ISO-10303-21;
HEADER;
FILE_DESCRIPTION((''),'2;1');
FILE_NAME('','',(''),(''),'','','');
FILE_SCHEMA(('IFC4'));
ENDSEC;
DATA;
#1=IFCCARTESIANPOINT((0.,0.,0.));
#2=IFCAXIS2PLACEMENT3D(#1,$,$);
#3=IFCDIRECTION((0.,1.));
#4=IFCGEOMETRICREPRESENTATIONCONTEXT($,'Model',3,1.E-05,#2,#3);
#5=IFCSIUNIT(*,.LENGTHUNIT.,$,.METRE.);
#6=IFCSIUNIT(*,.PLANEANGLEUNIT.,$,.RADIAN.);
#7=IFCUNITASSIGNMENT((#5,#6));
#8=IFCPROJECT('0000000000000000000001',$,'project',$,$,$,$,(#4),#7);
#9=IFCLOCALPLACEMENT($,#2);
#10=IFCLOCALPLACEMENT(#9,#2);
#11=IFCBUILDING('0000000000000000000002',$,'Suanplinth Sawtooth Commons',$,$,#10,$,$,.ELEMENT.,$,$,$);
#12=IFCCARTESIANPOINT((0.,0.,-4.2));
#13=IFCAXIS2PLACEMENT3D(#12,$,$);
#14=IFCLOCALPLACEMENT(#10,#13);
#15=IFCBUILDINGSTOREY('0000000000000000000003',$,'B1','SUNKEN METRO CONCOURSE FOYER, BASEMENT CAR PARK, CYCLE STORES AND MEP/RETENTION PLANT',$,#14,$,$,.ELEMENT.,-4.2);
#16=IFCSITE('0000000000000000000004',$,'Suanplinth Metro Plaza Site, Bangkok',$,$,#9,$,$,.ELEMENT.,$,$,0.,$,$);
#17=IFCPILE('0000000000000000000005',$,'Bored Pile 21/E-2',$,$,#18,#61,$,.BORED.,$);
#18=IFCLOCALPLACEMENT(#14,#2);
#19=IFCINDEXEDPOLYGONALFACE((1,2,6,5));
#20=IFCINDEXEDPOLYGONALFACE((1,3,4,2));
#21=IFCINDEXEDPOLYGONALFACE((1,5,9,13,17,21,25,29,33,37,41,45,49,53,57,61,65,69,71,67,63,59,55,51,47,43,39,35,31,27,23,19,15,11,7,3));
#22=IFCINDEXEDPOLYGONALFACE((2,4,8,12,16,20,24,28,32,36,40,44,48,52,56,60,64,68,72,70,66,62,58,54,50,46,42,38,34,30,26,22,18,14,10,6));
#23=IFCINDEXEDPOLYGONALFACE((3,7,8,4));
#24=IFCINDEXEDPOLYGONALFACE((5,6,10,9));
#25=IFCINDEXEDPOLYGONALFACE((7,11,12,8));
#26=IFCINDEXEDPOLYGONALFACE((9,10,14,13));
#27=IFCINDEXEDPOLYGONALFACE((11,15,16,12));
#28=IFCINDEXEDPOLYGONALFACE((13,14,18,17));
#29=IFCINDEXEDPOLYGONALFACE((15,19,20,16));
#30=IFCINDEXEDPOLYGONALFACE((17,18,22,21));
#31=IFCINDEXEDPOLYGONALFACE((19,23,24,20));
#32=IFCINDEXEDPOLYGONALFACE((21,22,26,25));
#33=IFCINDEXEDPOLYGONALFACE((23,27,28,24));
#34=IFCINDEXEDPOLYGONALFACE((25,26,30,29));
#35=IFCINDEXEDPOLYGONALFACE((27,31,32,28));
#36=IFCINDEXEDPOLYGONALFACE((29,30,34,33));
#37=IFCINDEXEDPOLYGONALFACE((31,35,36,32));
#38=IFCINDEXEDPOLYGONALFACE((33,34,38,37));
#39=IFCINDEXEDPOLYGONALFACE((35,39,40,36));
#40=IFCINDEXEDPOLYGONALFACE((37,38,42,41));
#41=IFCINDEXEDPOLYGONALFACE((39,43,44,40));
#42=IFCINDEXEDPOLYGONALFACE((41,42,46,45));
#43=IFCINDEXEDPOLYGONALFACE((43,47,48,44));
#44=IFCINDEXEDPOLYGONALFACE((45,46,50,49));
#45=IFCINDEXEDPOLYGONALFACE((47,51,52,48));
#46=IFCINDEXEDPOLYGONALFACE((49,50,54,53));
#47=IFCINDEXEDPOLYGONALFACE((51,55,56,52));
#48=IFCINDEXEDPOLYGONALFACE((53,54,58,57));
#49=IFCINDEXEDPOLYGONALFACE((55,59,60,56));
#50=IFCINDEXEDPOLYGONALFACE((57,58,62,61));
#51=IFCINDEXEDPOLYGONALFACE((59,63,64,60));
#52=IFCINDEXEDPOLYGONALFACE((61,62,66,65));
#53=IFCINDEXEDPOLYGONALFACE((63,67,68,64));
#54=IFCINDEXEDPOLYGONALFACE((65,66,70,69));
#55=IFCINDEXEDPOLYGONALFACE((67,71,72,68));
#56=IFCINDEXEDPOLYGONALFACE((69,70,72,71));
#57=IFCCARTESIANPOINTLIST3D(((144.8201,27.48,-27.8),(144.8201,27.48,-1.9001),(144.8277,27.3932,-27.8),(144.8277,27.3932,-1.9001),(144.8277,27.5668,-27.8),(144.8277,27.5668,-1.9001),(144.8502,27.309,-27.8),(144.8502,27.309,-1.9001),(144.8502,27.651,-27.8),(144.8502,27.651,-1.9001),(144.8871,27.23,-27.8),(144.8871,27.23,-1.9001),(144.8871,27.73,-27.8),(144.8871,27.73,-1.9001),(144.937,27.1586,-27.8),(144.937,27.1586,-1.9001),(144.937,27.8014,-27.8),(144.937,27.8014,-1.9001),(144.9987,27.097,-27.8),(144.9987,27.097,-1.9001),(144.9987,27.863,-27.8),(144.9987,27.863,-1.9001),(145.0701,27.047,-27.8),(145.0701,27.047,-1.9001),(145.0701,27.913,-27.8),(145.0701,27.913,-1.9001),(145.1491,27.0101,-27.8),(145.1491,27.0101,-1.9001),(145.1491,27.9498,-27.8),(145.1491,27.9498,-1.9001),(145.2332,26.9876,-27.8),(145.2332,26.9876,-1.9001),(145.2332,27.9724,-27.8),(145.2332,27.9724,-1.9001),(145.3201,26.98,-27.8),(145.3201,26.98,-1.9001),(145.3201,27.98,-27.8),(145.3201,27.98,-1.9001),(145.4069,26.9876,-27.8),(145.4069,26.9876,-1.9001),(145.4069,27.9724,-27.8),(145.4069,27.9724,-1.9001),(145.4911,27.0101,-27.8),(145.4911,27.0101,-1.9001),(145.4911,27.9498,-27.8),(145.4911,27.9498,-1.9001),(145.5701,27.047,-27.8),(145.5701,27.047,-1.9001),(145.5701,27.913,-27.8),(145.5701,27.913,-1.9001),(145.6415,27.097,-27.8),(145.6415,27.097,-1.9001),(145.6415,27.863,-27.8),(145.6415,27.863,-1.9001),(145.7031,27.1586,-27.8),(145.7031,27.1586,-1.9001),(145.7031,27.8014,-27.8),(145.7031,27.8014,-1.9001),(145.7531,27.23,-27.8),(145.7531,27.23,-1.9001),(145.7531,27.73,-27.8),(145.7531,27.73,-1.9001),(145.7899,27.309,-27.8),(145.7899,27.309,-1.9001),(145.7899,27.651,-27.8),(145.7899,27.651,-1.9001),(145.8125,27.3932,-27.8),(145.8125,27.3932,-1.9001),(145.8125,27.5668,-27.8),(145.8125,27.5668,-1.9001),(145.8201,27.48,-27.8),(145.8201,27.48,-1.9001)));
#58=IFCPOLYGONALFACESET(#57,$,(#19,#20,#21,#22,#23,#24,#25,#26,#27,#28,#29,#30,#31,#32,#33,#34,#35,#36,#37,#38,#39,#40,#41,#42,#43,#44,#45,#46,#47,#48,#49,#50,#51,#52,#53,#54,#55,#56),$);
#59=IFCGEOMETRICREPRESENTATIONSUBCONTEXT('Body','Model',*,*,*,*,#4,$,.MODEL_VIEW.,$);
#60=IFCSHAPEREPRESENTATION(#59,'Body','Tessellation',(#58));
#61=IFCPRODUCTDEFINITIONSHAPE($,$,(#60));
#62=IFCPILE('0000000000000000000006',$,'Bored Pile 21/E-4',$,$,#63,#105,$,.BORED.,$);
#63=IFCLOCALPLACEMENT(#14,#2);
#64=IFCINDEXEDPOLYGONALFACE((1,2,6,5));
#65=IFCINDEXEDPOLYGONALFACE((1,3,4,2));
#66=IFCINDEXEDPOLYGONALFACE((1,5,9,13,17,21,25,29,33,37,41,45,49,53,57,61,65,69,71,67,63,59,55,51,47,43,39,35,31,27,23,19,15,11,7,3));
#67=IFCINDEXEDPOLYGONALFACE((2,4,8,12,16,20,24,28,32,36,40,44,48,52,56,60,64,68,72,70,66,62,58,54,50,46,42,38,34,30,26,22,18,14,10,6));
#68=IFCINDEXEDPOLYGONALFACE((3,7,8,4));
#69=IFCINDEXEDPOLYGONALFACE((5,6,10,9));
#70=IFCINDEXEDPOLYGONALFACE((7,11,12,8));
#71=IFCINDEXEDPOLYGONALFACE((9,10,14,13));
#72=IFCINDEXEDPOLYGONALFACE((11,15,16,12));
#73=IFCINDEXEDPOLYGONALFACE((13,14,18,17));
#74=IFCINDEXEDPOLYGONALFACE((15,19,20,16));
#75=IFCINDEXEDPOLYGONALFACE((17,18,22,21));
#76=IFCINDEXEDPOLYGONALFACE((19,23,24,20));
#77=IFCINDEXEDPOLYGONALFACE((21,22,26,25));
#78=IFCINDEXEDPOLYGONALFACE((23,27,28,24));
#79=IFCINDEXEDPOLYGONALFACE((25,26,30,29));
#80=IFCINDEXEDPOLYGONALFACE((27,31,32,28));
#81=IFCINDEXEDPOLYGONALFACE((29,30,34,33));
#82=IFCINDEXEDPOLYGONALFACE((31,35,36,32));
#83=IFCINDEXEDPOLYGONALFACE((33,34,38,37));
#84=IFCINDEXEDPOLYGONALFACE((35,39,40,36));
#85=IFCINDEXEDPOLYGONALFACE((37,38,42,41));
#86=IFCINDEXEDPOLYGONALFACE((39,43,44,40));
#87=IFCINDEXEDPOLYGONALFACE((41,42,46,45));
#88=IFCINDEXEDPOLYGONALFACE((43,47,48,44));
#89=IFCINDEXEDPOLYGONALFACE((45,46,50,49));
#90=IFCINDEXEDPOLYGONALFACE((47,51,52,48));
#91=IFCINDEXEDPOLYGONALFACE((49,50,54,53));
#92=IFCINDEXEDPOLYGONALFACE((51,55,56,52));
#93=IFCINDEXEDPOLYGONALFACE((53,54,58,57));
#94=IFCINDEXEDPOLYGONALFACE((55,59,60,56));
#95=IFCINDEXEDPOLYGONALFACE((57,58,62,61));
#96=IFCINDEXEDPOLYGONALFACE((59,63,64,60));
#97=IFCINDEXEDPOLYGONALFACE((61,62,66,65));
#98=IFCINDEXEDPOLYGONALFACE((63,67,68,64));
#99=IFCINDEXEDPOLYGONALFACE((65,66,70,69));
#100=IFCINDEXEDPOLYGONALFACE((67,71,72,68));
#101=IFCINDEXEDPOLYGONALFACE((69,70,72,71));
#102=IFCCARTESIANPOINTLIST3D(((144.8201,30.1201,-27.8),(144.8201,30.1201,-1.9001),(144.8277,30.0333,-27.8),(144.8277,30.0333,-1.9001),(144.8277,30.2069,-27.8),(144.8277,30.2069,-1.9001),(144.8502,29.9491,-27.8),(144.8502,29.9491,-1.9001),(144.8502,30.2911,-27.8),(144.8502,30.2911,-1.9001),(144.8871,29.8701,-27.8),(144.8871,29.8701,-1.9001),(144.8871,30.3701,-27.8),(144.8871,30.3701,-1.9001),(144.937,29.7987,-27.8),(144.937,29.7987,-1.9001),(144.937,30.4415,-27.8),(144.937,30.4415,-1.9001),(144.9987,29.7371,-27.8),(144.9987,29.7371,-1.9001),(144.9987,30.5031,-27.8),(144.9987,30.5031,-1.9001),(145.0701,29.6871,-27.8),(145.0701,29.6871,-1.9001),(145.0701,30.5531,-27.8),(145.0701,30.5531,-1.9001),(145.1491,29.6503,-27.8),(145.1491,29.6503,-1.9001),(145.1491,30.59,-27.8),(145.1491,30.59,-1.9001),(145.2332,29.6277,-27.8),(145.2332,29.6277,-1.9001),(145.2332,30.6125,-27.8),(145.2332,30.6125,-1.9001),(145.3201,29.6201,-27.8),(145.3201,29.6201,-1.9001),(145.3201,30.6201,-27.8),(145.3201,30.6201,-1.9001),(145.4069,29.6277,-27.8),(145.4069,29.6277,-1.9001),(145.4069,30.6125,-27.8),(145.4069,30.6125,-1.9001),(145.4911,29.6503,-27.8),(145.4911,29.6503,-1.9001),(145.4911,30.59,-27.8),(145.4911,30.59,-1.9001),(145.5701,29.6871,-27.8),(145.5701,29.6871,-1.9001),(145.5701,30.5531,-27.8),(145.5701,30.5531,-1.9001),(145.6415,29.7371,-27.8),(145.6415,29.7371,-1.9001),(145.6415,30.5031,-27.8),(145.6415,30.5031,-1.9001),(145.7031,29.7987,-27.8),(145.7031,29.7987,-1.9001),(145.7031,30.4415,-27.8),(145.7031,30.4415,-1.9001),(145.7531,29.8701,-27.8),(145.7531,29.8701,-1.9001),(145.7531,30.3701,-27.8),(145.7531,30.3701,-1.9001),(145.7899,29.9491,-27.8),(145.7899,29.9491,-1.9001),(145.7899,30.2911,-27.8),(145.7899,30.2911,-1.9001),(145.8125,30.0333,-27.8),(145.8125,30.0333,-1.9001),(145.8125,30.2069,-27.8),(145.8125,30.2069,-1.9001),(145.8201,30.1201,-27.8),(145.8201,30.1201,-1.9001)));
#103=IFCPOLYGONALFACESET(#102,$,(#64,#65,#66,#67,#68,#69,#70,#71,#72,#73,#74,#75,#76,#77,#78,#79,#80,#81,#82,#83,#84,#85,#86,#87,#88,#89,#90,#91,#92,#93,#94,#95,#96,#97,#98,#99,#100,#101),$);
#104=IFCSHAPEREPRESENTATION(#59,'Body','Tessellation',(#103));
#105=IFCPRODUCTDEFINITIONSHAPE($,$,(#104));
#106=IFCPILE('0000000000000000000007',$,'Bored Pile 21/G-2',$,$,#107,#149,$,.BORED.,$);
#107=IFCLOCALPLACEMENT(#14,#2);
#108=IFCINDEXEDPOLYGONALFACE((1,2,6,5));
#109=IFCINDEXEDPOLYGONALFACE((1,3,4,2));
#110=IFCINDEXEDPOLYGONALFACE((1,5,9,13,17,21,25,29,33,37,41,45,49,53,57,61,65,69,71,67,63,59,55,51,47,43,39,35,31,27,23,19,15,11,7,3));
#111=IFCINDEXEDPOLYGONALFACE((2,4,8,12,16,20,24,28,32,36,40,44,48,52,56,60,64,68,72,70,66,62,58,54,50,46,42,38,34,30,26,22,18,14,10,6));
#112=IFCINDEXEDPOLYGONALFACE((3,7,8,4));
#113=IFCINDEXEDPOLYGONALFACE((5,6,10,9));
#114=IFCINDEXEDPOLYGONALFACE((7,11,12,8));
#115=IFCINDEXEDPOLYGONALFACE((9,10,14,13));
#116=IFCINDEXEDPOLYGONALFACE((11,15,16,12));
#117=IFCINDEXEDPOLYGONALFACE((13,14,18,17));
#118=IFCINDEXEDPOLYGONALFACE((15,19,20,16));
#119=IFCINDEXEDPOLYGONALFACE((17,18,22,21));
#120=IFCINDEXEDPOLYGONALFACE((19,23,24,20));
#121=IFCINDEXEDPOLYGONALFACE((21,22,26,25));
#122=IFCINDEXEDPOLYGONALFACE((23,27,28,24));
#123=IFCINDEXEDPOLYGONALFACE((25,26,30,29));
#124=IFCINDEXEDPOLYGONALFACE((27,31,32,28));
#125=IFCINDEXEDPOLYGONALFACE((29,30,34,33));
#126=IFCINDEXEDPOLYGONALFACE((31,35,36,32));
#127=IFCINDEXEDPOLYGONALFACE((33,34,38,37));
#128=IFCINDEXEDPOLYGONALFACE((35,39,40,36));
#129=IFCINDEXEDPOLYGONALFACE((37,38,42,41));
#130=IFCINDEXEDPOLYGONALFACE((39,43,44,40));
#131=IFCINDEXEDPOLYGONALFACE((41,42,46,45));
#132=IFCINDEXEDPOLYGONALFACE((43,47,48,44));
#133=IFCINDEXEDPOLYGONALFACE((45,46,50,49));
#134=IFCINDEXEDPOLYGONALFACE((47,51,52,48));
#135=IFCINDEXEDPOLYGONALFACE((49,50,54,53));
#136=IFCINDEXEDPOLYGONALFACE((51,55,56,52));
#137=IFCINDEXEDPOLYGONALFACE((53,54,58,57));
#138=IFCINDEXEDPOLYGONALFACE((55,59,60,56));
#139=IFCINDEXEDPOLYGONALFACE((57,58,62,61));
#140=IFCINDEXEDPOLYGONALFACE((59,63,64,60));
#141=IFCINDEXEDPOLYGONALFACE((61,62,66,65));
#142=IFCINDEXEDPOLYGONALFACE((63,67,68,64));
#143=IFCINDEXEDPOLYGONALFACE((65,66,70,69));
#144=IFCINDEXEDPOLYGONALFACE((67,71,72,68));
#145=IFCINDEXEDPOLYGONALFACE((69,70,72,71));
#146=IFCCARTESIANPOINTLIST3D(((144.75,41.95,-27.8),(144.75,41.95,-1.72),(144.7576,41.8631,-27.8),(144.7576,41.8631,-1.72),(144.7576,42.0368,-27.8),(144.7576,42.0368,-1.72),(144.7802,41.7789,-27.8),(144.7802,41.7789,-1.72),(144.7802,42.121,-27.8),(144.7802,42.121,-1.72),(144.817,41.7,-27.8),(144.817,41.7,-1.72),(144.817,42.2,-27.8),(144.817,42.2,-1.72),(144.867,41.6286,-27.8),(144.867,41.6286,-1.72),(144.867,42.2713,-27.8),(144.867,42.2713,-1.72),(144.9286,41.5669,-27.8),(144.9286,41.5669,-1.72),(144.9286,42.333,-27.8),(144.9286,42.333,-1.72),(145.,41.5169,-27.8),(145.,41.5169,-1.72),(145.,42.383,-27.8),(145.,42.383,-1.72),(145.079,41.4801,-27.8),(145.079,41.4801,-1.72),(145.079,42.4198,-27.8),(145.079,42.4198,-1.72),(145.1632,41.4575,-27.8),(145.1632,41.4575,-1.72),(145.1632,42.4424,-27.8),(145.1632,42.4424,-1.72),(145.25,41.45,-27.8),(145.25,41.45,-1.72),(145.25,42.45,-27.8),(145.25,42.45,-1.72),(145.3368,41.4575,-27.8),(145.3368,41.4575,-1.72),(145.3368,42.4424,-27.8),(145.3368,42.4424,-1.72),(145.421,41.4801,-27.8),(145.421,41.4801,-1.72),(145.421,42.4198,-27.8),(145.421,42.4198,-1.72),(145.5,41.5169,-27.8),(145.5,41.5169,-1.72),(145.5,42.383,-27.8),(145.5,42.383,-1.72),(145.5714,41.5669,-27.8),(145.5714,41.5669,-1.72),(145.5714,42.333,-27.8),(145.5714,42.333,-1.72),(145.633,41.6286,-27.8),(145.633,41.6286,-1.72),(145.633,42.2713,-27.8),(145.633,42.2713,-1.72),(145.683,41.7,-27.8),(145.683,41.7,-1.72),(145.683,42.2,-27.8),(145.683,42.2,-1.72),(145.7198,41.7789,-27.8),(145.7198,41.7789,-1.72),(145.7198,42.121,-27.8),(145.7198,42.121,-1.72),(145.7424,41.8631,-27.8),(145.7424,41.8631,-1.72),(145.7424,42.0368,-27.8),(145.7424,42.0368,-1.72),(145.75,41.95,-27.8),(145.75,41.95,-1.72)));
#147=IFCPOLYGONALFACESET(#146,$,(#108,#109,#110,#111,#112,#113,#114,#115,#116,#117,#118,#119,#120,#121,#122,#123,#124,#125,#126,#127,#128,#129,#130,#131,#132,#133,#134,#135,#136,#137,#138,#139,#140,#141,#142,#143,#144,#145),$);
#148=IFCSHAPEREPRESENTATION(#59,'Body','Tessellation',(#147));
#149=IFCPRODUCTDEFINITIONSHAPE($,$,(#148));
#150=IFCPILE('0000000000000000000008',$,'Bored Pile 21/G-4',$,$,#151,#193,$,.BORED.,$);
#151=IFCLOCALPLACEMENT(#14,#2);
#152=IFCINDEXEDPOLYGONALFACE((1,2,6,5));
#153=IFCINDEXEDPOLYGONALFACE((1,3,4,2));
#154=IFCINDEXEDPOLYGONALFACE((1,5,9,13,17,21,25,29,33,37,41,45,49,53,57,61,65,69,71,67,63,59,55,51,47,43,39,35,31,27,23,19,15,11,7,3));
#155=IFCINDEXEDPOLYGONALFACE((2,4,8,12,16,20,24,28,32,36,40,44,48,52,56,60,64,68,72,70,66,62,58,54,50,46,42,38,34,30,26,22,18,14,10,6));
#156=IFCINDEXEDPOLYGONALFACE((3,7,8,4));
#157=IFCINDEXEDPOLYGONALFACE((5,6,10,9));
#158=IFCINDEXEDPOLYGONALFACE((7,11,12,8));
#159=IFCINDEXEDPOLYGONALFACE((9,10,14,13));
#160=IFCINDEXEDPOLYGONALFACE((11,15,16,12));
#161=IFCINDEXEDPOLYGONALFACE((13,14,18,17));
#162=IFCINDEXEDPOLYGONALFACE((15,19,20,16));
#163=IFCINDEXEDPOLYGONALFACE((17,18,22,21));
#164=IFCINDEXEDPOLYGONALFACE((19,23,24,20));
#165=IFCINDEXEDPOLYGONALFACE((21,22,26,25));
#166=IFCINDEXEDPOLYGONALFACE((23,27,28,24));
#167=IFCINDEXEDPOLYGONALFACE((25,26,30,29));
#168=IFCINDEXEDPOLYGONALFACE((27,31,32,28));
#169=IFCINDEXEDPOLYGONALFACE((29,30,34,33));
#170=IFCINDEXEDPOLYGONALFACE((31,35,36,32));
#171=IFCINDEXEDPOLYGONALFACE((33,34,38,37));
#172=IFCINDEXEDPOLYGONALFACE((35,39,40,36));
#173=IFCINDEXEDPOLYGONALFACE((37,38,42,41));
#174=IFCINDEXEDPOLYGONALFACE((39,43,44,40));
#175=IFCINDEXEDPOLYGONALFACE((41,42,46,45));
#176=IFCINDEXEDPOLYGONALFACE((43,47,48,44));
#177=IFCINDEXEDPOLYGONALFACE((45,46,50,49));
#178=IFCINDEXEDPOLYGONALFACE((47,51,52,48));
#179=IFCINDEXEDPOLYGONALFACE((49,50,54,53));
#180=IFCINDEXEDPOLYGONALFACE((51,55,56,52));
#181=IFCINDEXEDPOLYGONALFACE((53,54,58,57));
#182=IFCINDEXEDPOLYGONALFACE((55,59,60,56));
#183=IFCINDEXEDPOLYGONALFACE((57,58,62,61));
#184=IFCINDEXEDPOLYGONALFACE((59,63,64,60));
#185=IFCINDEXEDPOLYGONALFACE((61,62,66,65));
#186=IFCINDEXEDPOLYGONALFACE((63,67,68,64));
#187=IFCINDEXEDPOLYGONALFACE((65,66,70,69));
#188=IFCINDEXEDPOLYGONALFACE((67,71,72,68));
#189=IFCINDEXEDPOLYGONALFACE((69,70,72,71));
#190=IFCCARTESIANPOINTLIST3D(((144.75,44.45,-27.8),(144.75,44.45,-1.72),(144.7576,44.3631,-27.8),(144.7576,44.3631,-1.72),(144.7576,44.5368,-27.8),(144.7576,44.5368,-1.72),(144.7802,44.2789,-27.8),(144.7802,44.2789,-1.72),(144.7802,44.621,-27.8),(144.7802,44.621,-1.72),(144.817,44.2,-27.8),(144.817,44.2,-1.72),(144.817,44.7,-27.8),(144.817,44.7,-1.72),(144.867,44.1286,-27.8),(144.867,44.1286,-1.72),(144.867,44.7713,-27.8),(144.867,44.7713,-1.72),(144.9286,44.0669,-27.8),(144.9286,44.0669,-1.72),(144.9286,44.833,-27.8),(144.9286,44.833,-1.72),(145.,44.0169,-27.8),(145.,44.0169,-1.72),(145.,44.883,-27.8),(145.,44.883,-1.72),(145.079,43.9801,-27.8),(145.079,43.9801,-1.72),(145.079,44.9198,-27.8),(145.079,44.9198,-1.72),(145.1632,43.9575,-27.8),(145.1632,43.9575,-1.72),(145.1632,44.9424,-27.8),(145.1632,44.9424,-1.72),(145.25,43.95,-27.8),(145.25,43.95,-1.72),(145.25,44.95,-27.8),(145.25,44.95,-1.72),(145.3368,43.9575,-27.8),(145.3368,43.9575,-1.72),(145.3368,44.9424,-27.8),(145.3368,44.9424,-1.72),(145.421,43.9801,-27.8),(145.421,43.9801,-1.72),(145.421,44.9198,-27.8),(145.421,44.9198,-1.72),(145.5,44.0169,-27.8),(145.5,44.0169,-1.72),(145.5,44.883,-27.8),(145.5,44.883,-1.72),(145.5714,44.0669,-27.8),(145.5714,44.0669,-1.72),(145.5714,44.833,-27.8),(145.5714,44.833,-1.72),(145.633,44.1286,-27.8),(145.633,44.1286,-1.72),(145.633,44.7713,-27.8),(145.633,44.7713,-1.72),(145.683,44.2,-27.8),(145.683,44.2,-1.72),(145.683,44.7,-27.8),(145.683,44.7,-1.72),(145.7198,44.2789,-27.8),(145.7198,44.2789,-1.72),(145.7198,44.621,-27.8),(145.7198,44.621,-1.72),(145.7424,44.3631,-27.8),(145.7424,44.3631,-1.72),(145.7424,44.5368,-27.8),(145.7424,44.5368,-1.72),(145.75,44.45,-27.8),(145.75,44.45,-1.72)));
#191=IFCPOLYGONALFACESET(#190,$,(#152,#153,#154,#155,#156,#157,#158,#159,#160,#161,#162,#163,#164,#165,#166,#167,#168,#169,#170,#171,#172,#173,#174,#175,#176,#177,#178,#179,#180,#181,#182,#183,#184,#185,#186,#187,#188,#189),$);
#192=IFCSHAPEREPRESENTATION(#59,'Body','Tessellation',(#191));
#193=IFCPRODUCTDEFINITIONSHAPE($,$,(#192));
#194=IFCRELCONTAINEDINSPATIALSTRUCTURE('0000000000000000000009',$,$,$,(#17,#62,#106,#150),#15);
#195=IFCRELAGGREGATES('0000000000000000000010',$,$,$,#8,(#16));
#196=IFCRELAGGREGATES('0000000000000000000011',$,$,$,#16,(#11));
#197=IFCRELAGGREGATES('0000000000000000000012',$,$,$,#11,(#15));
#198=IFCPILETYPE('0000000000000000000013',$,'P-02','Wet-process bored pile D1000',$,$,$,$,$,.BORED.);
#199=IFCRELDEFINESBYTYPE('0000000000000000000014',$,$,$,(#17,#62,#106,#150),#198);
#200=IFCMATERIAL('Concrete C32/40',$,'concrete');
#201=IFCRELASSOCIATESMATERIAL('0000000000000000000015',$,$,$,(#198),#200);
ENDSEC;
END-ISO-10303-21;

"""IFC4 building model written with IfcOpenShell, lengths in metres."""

from ifc_helpers import new_model, si_unit, direction, frame, origin, origin_2d, place, context, subcontext, project, spatial, circle, extrude, material, material_profile, profile_set, type_object, element, save


model = new_model("IFC4")

# Units and contexts
model_context = context("Model", 3, precision=1e-05, world=origin(), true_north=direction((0.0, 1.0)))
body_context = subcontext(model_context, "Body", "Model", "MODEL_VIEW")
ifc_project = project(units=[si_unit("LENGTHUNIT", "METRE"), si_unit("PLANEANGLEUNIT", "RADIAN")], contexts=[model_context])

# Site, building, storey
site_placement = place(None, origin())
site = spatial("IfcSite", under=ifc_project, at=site_placement, Name="Suanplinth Metro Plaza Site, Bangkok", CompositionType="ELEMENT", RefElevation=0.0)
building_placement = place(site_placement, origin())
building = spatial("IfcBuilding", under=site, at=building_placement, Name="Suanplinth Sawtooth Commons", CompositionType="ELEMENT")
storey_placement = place(building_placement, frame((0.0, 0.0, -4.2)))
storey = spatial("IfcBuildingStorey", under=building, at=storey_placement, Name="B1", Description="SUNKEN METRO CONCOURSE FOYER, BASEMENT CAR PARK, CYCLE STORES AND MEP/RETENTION PLANT", CompositionType="ELEMENT", Elevation=-4.2)

# Piles
ifc_material_1 = material(Name="Concrete C32/40", Category="concrete")
ifc_material_profile_1 = material_profile(ifc_material_1, circle(Radius=0.5, at=origin_2d()), Name="PILE D1000")
ifc_profile_set_1 = profile_set([ifc_material_profile_1], Name="Concrete C32/40")
pile_type_1 = type_object("IfcPileType", Name="P-02", Description="Wet-process bored pile D1000", PredefinedType="BORED", material=ifc_profile_set_1)
for number, where, z_axis, x_axis, name in (
    (1, (145.3201, 27.48, -1.9001), (0.0, 0.0, -1.0), (1.0, 0.0, 0.0), "Bored Pile 21/E-2"),
    (2, (145.3201, 30.1201, -1.9001), (0.0, 0.0, -1.0), (1.0, 0.0, 0.0), "Bored Pile 21/E-4"),
):
    element("IfcPile", number, at=place(storey_placement, frame(where, z_axis=z_axis, x_axis=x_axis)), inside=storey, type_object=pile_type_1, Name=name, PredefinedType="BORED", context=body_context, shape_type="SweptSolid", body=[
        extrude(circle(Radius=0.5, at=origin_2d()), origin(), (0.0, 0.0, 1.0), 25.8999),
    ])
for number, where, z_axis, x_axis, name in (
    (3, (145.25, 41.95, -1.72), (0.0, 0.0, -1.0), (1.0, 0.0, 0.0), "Bored Pile 21/G-2"),
    (4, (145.25, 44.45, -1.72), (0.0, 0.0, -1.0), (1.0, 0.0, 0.0), "Bored Pile 21/G-4"),
):
    element("IfcPile", number, at=place(storey_placement, frame(where, z_axis=z_axis, x_axis=x_axis)), inside=storey, type_object=pile_type_1, Name=name, PredefinedType="BORED", context=body_context, shape_type="SweptSolid", body=[
        extrude(circle(Radius=0.5, at=origin_2d()), origin(), (0.0, 0.0, 1.0), 26.0801),
    ])

save(model, "model.ifc")
